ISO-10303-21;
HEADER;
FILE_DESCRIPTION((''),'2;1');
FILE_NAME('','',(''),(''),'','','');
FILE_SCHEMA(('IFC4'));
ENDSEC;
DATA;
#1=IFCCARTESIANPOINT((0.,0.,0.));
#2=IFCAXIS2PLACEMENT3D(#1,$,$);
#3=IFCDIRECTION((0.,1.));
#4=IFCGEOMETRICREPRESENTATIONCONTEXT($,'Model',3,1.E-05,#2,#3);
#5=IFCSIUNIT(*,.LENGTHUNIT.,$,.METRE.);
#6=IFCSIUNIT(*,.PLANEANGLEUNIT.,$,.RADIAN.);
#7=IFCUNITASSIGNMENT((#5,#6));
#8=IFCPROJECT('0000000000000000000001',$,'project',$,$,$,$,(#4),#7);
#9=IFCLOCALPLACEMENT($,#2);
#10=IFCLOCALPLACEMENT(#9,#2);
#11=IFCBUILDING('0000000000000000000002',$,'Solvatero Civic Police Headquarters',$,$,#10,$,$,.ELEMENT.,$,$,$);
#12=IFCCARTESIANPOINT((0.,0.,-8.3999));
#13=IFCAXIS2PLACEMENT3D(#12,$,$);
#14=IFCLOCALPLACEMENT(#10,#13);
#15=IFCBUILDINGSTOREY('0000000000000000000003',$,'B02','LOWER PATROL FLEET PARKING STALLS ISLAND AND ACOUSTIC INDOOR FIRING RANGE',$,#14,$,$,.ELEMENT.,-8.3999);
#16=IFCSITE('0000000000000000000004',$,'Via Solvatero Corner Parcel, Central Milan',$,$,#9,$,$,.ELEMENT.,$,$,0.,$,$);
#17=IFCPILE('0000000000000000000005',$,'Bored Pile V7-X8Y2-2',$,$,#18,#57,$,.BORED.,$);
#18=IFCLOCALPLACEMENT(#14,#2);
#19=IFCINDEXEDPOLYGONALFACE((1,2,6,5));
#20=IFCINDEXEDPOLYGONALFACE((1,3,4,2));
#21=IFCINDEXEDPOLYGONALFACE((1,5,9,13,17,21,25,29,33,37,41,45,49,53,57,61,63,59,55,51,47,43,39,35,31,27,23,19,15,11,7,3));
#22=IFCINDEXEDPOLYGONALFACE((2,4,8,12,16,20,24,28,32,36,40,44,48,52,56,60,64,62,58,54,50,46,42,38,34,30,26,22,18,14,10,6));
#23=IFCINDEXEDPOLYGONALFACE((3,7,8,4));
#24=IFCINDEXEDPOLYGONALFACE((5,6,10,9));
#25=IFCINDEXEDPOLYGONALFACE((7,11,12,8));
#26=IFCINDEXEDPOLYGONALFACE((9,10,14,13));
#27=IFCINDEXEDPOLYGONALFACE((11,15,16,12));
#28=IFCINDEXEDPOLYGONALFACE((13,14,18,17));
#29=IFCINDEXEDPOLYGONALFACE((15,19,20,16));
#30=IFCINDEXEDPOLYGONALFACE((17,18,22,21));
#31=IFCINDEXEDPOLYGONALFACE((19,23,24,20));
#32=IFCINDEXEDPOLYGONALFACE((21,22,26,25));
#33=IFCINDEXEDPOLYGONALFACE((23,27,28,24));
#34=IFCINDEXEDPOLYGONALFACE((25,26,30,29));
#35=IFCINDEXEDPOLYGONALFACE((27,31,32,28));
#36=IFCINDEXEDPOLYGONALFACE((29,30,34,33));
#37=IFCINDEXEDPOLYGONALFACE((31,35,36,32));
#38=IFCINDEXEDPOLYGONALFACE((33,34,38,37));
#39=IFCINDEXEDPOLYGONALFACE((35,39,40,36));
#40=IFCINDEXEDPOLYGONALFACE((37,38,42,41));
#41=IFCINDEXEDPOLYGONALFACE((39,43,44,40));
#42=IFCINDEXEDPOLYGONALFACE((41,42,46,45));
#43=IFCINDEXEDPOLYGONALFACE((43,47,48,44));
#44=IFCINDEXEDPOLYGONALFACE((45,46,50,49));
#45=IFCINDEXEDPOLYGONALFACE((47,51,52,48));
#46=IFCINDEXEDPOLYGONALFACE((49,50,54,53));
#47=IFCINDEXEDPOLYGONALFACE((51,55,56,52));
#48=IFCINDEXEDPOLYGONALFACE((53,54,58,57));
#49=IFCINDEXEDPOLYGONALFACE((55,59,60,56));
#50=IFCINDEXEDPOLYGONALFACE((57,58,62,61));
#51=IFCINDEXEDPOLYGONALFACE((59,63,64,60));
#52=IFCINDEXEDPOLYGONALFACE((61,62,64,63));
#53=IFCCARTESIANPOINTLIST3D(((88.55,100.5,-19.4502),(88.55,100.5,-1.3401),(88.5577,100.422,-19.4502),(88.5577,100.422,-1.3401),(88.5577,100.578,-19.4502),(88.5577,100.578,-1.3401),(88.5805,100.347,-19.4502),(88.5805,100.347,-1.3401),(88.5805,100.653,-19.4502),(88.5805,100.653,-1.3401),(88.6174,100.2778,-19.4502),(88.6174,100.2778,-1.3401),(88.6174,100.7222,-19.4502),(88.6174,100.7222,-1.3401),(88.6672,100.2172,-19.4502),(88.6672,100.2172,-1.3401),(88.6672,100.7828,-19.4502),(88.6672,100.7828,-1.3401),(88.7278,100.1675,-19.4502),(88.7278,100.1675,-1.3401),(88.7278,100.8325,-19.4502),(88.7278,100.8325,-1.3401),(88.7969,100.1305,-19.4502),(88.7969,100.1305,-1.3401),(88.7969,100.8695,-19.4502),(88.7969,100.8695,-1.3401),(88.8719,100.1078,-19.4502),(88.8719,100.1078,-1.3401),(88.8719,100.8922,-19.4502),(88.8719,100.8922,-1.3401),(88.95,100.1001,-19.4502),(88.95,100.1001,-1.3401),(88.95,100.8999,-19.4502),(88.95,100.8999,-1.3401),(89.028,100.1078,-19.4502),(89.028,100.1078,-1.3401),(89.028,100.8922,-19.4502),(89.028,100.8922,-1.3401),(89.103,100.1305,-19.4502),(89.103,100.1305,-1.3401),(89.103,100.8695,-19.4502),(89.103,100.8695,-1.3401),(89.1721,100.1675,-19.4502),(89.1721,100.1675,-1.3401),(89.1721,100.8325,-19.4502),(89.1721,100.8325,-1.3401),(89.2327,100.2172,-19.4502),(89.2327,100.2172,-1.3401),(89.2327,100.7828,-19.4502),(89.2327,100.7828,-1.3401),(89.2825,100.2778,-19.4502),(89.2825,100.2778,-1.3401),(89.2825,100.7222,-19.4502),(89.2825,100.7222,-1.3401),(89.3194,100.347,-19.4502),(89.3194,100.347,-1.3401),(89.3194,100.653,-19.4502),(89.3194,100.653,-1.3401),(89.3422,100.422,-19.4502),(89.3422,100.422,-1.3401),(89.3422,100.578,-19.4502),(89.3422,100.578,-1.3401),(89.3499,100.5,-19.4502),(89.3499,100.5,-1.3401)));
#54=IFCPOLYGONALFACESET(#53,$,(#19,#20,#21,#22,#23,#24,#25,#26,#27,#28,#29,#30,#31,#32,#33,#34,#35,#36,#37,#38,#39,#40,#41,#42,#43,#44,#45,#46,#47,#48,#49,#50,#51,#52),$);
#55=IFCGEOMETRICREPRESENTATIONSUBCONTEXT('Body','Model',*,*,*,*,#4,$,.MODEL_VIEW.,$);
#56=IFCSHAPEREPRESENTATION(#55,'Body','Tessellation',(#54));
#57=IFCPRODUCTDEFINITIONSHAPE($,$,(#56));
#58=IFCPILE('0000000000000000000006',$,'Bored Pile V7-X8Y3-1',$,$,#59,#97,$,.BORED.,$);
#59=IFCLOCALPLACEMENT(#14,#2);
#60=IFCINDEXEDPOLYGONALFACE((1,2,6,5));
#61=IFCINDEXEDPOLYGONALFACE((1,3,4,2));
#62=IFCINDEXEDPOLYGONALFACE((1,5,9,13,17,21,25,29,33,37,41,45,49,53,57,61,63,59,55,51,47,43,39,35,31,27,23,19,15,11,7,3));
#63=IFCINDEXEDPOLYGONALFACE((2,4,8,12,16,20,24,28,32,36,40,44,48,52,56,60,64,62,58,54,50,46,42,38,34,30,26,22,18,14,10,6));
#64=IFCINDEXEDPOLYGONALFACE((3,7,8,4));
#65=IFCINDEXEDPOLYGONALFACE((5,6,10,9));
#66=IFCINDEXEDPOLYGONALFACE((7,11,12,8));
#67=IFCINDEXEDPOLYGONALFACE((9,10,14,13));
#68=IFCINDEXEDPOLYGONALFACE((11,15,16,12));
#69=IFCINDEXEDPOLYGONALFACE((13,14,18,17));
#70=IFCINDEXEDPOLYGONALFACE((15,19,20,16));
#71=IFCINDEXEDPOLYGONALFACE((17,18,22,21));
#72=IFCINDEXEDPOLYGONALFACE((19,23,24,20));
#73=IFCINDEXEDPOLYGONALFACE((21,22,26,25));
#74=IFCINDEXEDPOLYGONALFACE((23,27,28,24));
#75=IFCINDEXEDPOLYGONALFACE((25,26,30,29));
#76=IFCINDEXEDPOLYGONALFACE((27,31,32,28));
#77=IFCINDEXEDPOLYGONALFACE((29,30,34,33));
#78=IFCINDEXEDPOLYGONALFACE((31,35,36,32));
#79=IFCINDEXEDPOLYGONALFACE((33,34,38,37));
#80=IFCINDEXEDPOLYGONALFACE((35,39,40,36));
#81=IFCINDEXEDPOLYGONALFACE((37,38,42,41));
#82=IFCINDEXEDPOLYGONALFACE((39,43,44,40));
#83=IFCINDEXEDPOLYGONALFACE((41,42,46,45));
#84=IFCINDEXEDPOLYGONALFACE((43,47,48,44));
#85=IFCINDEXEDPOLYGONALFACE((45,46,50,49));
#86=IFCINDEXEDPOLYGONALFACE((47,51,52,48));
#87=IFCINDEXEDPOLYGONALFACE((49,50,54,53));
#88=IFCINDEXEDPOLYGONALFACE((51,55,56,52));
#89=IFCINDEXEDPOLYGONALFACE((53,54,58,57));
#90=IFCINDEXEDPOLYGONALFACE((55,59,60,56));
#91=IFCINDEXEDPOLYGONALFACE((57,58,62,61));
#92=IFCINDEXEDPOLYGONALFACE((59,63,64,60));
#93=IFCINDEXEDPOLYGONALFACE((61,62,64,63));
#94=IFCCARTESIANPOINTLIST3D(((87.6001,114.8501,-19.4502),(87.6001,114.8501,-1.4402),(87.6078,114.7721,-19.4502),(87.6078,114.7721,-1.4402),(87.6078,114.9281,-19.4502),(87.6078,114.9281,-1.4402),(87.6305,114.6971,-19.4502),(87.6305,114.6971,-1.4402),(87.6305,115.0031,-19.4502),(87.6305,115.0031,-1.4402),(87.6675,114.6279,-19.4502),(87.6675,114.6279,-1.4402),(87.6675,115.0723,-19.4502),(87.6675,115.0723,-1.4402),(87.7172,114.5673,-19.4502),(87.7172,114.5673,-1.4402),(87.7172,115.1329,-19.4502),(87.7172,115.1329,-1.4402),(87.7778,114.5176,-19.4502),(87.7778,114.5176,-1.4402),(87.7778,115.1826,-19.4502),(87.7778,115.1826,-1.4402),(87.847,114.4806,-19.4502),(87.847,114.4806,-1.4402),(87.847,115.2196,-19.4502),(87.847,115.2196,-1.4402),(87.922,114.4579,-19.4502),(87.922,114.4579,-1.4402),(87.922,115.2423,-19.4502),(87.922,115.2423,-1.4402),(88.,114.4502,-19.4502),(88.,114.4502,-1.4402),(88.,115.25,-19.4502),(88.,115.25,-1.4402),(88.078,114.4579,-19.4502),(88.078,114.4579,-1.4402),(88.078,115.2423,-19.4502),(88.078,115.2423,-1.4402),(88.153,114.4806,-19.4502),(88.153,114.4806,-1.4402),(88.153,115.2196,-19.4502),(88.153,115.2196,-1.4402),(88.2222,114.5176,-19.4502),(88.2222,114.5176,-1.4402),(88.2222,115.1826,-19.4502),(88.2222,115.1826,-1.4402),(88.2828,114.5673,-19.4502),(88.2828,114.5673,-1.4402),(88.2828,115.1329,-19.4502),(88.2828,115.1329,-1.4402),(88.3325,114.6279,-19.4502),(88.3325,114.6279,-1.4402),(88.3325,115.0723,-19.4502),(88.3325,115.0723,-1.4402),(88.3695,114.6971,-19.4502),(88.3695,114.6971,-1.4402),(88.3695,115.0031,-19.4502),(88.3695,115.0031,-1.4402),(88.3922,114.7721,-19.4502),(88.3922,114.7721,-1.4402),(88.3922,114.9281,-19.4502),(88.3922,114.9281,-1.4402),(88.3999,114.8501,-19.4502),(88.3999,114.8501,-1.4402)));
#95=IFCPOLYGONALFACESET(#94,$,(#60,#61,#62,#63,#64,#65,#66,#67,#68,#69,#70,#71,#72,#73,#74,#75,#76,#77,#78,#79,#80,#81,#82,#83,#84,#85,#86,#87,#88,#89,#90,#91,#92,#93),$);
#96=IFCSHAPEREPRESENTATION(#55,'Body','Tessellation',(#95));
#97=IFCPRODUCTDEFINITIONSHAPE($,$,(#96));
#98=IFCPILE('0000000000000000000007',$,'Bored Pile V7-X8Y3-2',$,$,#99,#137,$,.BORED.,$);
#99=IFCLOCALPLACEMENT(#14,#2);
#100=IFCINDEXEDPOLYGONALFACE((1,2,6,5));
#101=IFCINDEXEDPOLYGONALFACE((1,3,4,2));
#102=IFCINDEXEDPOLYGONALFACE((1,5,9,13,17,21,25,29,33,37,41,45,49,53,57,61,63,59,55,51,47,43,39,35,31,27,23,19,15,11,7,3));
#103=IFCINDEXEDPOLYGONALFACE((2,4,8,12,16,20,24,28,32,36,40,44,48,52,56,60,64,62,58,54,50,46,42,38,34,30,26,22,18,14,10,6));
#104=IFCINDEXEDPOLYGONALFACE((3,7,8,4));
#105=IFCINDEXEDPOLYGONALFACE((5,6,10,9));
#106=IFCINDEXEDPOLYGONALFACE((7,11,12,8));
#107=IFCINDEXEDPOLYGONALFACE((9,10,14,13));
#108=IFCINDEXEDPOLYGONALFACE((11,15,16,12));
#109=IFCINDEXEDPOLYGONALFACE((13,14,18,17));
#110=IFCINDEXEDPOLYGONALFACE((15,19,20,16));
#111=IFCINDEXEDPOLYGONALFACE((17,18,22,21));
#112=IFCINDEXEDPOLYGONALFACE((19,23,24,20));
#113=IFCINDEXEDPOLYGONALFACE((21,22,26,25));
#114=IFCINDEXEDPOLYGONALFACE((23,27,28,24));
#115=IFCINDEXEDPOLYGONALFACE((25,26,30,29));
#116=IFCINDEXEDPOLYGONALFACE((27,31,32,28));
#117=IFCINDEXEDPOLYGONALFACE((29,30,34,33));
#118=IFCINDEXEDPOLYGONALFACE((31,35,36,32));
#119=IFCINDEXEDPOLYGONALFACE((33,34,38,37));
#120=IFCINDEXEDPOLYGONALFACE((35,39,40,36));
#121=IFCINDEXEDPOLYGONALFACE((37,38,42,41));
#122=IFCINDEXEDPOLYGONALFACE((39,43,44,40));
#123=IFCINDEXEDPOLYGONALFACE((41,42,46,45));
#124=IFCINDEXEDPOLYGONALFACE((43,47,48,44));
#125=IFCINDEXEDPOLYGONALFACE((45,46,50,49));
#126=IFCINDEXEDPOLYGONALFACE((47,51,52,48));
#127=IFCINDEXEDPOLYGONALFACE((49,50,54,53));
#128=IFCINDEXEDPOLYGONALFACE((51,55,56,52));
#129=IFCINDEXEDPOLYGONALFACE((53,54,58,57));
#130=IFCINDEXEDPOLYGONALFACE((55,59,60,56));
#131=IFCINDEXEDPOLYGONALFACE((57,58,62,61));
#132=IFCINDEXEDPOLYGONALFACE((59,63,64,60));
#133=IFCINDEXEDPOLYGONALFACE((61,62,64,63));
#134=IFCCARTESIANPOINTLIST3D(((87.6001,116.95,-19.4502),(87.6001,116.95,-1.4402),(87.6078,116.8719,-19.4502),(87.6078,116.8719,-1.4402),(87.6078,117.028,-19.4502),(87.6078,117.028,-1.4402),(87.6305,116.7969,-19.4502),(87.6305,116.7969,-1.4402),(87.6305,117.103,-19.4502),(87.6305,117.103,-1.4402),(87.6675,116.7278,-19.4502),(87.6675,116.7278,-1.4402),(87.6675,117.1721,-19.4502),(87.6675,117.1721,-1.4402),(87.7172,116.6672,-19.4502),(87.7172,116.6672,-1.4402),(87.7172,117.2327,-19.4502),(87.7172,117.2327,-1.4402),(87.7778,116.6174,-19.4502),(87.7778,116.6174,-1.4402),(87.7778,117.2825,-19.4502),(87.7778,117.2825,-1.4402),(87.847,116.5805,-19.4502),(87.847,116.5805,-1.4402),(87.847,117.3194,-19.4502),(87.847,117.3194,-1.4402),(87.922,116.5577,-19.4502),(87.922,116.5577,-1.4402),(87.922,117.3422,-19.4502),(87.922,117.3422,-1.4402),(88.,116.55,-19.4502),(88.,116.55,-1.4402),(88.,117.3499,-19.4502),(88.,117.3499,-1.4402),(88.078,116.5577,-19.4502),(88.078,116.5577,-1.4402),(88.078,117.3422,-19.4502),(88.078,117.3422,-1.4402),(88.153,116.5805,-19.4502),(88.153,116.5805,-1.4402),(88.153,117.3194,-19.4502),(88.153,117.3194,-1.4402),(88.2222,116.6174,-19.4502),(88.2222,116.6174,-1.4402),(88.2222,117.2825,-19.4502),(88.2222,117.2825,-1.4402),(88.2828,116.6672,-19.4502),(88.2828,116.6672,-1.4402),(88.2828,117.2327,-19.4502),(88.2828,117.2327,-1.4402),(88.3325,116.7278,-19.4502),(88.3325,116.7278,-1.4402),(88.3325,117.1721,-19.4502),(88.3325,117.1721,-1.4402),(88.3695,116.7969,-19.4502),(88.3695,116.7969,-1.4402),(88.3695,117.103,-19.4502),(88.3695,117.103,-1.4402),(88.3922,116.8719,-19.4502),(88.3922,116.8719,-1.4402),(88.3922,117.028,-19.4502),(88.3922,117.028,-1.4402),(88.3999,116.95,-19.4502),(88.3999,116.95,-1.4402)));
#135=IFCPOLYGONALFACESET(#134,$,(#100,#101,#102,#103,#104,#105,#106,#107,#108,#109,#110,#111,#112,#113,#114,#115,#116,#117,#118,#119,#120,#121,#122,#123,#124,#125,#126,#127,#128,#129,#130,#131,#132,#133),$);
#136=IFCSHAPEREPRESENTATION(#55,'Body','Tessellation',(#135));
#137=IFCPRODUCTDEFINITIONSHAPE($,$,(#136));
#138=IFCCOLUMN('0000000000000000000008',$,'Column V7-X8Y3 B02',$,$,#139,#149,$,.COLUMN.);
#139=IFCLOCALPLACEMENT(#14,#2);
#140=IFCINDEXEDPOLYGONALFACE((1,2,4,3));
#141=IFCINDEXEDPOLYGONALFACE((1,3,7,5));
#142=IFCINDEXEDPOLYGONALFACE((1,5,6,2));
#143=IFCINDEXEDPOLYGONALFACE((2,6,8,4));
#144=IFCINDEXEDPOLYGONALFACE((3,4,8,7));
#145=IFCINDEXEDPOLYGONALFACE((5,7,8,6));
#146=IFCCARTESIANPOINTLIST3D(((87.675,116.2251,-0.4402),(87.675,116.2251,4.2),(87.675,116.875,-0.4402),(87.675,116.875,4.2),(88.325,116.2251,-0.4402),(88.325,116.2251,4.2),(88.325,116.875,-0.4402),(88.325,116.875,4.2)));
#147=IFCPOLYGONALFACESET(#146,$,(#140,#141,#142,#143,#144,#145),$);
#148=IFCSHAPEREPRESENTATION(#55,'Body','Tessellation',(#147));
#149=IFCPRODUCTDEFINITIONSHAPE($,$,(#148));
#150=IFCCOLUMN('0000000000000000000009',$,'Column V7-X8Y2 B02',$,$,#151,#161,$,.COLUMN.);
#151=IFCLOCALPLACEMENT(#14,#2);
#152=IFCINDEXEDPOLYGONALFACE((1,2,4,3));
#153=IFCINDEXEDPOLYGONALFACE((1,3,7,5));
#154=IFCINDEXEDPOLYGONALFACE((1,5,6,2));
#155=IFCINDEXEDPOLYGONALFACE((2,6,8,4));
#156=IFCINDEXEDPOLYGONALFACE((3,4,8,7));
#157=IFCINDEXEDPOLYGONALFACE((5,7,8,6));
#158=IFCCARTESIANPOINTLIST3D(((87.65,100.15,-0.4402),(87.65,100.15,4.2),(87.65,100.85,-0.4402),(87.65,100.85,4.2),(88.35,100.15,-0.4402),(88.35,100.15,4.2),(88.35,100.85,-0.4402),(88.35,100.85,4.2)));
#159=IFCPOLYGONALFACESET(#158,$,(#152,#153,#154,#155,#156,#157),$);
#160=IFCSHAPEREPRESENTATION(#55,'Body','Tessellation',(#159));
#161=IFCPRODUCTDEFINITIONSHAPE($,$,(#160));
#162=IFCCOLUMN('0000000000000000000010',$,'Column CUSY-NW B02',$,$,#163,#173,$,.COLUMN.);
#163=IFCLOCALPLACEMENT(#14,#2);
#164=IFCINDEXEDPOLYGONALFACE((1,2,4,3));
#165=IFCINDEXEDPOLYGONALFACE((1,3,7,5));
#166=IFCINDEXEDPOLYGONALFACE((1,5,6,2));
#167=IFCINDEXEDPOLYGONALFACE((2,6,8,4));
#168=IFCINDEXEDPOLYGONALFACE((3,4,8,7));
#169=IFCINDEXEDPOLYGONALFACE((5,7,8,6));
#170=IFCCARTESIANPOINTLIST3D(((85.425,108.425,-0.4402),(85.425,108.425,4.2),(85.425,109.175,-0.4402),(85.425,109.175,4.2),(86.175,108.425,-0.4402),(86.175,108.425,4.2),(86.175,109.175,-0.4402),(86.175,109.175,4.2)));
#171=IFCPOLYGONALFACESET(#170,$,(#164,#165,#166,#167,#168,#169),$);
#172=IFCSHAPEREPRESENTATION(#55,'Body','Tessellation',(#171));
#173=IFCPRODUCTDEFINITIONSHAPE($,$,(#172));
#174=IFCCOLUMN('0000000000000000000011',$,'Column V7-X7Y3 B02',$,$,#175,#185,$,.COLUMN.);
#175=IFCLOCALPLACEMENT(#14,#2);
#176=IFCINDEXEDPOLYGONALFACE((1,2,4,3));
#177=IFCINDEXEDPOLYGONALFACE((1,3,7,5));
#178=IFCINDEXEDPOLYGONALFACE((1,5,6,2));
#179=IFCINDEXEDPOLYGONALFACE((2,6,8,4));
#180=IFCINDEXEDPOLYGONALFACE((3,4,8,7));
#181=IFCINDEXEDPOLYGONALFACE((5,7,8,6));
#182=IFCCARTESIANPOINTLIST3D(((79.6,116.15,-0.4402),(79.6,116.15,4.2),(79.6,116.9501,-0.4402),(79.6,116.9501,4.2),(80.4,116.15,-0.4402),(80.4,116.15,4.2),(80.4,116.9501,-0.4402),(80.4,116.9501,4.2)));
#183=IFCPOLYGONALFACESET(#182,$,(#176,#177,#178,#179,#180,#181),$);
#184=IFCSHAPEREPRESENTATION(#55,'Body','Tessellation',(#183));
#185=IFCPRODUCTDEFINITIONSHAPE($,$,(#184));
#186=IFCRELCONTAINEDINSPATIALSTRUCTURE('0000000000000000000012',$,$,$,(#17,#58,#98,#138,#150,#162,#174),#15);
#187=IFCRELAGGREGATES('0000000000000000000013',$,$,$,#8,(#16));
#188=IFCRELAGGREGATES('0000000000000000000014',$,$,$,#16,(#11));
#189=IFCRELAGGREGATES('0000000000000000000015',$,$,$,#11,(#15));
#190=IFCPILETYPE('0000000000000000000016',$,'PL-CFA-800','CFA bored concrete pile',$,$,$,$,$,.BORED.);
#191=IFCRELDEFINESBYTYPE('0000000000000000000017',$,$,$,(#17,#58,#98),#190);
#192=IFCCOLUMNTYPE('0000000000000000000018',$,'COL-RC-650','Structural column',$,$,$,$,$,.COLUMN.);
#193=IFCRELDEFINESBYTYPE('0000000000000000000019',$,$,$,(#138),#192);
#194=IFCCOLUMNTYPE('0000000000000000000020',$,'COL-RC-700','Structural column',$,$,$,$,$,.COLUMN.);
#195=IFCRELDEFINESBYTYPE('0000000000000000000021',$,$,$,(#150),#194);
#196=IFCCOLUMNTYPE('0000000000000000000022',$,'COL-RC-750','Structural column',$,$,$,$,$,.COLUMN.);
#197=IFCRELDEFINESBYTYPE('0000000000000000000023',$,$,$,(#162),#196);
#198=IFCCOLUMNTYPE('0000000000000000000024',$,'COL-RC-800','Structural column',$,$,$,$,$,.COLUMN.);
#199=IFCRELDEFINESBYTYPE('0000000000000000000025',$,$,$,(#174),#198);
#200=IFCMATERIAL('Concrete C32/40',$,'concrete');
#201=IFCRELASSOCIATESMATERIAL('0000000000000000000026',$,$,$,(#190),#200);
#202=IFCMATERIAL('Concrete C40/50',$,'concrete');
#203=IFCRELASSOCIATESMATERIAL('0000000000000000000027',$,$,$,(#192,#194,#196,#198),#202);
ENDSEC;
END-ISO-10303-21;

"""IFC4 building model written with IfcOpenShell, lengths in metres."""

from ifc_helpers import new_model, si_unit, direction, frame, origin, origin_2d, place, context, subcontext, project, spatial, rectangle, circle, extrude, material, material_profile, profile_set, type_object, element, save


model = new_model("IFC4")

# Units and contexts
model_context = context("Model", 3, precision=1e-05, world=origin(), true_north=direction((0.0, 1.0)))
body_context = subcontext(model_context, "Body", "Model", "MODEL_VIEW")
ifc_project = project(units=[si_unit("LENGTHUNIT", "METRE"), si_unit("PLANEANGLEUNIT", "RADIAN")], contexts=[model_context])

# Site, building, storey
site_placement = place(None, origin())
site = spatial("IfcSite", under=ifc_project, at=site_placement, Name="Via Solvatero Corner Parcel, Central Milan", CompositionType="ELEMENT", RefElevation=0.0)
building_placement = place(site_placement, origin())
building = spatial("IfcBuilding", under=site, at=building_placement, Name="Solvatero Civic Police Headquarters", CompositionType="ELEMENT")
storey_placement = place(building_placement, frame((0.0, 0.0, -8.3999)))
storey = spatial("IfcBuildingStorey", under=building, at=storey_placement, Name="B02", Description="LOWER PATROL FLEET PARKING STALLS ISLAND AND ACOUSTIC INDOOR FIRING RANGE", CompositionType="ELEMENT", Elevation=-8.3999)

# Piles
ifc_material_1 = material(Name="Concrete C32/40", Category="concrete")
ifc_material_profile_1 = material_profile(ifc_material_1, circle(Radius=0.3999, at=origin_2d()), Name="CFA PILE D800")
ifc_profile_set_1 = profile_set([ifc_material_profile_1], Name="Concrete C32/40")
pile_type = type_object("IfcPileType", Name="PL-CFA-800", Description="CFA bored concrete pile", PredefinedType="BORED", material=ifc_profile_set_1)
for number, where, z_axis, x_axis, name in (
    (1, (88.95, 100.5, -1.3401), (0.0, 0.0, -1.0), (1.0, 0.0, 0.0), "Bored Pile V7-X8Y2-2"),
):
    element("IfcPile", number, at=place(storey_placement, frame(where, z_axis=z_axis, x_axis=x_axis)), inside=storey, type_object=pile_type, Name=name, PredefinedType="BORED", context=body_context, shape_type="SweptSolid", body=[
        extrude(circle(Radius=0.3999, at=origin_2d()), origin(), (0.0, 0.0, 1.0), 18.1101),
    ])
for number, where, z_axis, x_axis, name in (
    (2, (88.0, 114.8501, -1.4402), (0.0, 0.0, -1.0), (1.0, 0.0, 0.0), "Bored Pile V7-X8Y3-1"),
    (3, (88.0, 116.95, -1.4402), (0.0, 0.0, -1.0), (1.0, 0.0, 0.0), "Bored Pile V7-X8Y3-2"),
):
    element("IfcPile", number, at=place(storey_placement, frame(where, z_axis=z_axis, x_axis=x_axis)), inside=storey, type_object=pile_type, Name=name, PredefinedType="BORED", context=body_context, shape_type="SweptSolid", body=[
        extrude(circle(Radius=0.3999, at=origin_2d()), origin(), (0.0, 0.0, 1.0), 18.01),
    ])

# Columns
ifc_material_2 = material(Name="Concrete C40/50", Category="concrete")
ifc_material_profile_2 = material_profile(ifc_material_2, rectangle(XDim=0.6499, YDim=0.6499, at=origin_2d()), Name="RC 650x650")
ifc_profile_set_2 = profile_set([ifc_material_profile_2], Name="Concrete C40/50")
column_type_1 = type_object("IfcColumnType", Name="COL-RC-650", Description="Structural column", PredefinedType="COLUMN", material=ifc_profile_set_2)
column_1_placement = place(storey_placement, frame((88.0, 116.55, -0.4402), z_axis=(0.0, 0.0, 1.0), x_axis=(1.0, 0.0, 0.0)))
element("IfcColumn", 4, at=column_1_placement, inside=storey, type_object=column_type_1, Name="Column V7-X8Y3 B02", PredefinedType="COLUMN", context=body_context, shape_type="SweptSolid", body=[
    extrude(rectangle(XDim=0.6499, YDim=0.6499, at=origin_2d()), origin(), (0.0, 0.0, 1.0), 4.6401),
])
ifc_material_profile_3 = material_profile(ifc_material_2, rectangle(XDim=0.7, YDim=0.7, at=origin_2d()), Name="RC 700x700")
ifc_profile_set_3 = profile_set([ifc_material_profile_3], Name="Concrete C40/50")
column_type_2 = type_object("IfcColumnType", Name="COL-RC-700", Description="Structural column", PredefinedType="COLUMN", material=ifc_profile_set_3)
column_2_placement = place(storey_placement, frame((88.0, 100.5, -0.4402), z_axis=(0.0, 0.0, 1.0), x_axis=(1.0, 0.0, 0.0)))
element("IfcColumn", 5, at=column_2_placement, inside=storey, type_object=column_type_2, Name="Column V7-X8Y2 B02", PredefinedType="COLUMN", context=body_context, shape_type="SweptSolid", body=[
    extrude(rectangle(XDim=0.7, YDim=0.7, at=origin_2d()), origin(), (0.0, 0.0, 1.0), 4.6401),
])
ifc_material_profile_4 = material_profile(ifc_material_2, rectangle(XDim=0.75, YDim=0.75, at=origin_2d()), Name="RC 750x750")
ifc_profile_set_4 = profile_set([ifc_material_profile_4], Name="Concrete C40/50")
column_type_3 = type_object("IfcColumnType", Name="COL-RC-750", Description="Structural column", PredefinedType="COLUMN", material=ifc_profile_set_4)
column_3_placement = place(storey_placement, frame((85.8, 108.8, -0.4402), z_axis=(0.0, 0.0, 1.0), x_axis=(1.0, 0.0, 0.0)))
element("IfcColumn", 6, at=column_3_placement, inside=storey, type_object=column_type_3, Name="Column CUSY-NW B02", PredefinedType="COLUMN", context=body_context, shape_type="SweptSolid", body=[
    extrude(rectangle(XDim=0.75, YDim=0.75, at=origin_2d()), origin(), (0.0, 0.0, 1.0), 4.6401),
])
ifc_material_profile_5 = material_profile(ifc_material_2, rectangle(XDim=0.8, YDim=0.8, at=origin_2d()), Name="RC 800x800")
ifc_profile_set_5 = profile_set([ifc_material_profile_5], Name="Concrete C40/50")
column_type_4 = type_object("IfcColumnType", Name="COL-RC-800", Description="Structural column", PredefinedType="COLUMN", material=ifc_profile_set_5)
column_4_placement = place(storey_placement, frame((80.0, 116.55, -0.4402), z_axis=(0.0, 0.0, 1.0), x_axis=(1.0, 0.0, 0.0)))
element("IfcColumn", 7, at=column_4_placement, inside=storey, type_object=column_type_4, Name="Column V7-X7Y3 B02", PredefinedType="COLUMN", context=body_context, shape_type="SweptSolid", body=[
    extrude(rectangle(XDim=0.8, YDim=0.8, at=origin_2d()), origin(), (0.0, 0.0, 1.0), 4.6401),
])

save(model, "model.ifc")
